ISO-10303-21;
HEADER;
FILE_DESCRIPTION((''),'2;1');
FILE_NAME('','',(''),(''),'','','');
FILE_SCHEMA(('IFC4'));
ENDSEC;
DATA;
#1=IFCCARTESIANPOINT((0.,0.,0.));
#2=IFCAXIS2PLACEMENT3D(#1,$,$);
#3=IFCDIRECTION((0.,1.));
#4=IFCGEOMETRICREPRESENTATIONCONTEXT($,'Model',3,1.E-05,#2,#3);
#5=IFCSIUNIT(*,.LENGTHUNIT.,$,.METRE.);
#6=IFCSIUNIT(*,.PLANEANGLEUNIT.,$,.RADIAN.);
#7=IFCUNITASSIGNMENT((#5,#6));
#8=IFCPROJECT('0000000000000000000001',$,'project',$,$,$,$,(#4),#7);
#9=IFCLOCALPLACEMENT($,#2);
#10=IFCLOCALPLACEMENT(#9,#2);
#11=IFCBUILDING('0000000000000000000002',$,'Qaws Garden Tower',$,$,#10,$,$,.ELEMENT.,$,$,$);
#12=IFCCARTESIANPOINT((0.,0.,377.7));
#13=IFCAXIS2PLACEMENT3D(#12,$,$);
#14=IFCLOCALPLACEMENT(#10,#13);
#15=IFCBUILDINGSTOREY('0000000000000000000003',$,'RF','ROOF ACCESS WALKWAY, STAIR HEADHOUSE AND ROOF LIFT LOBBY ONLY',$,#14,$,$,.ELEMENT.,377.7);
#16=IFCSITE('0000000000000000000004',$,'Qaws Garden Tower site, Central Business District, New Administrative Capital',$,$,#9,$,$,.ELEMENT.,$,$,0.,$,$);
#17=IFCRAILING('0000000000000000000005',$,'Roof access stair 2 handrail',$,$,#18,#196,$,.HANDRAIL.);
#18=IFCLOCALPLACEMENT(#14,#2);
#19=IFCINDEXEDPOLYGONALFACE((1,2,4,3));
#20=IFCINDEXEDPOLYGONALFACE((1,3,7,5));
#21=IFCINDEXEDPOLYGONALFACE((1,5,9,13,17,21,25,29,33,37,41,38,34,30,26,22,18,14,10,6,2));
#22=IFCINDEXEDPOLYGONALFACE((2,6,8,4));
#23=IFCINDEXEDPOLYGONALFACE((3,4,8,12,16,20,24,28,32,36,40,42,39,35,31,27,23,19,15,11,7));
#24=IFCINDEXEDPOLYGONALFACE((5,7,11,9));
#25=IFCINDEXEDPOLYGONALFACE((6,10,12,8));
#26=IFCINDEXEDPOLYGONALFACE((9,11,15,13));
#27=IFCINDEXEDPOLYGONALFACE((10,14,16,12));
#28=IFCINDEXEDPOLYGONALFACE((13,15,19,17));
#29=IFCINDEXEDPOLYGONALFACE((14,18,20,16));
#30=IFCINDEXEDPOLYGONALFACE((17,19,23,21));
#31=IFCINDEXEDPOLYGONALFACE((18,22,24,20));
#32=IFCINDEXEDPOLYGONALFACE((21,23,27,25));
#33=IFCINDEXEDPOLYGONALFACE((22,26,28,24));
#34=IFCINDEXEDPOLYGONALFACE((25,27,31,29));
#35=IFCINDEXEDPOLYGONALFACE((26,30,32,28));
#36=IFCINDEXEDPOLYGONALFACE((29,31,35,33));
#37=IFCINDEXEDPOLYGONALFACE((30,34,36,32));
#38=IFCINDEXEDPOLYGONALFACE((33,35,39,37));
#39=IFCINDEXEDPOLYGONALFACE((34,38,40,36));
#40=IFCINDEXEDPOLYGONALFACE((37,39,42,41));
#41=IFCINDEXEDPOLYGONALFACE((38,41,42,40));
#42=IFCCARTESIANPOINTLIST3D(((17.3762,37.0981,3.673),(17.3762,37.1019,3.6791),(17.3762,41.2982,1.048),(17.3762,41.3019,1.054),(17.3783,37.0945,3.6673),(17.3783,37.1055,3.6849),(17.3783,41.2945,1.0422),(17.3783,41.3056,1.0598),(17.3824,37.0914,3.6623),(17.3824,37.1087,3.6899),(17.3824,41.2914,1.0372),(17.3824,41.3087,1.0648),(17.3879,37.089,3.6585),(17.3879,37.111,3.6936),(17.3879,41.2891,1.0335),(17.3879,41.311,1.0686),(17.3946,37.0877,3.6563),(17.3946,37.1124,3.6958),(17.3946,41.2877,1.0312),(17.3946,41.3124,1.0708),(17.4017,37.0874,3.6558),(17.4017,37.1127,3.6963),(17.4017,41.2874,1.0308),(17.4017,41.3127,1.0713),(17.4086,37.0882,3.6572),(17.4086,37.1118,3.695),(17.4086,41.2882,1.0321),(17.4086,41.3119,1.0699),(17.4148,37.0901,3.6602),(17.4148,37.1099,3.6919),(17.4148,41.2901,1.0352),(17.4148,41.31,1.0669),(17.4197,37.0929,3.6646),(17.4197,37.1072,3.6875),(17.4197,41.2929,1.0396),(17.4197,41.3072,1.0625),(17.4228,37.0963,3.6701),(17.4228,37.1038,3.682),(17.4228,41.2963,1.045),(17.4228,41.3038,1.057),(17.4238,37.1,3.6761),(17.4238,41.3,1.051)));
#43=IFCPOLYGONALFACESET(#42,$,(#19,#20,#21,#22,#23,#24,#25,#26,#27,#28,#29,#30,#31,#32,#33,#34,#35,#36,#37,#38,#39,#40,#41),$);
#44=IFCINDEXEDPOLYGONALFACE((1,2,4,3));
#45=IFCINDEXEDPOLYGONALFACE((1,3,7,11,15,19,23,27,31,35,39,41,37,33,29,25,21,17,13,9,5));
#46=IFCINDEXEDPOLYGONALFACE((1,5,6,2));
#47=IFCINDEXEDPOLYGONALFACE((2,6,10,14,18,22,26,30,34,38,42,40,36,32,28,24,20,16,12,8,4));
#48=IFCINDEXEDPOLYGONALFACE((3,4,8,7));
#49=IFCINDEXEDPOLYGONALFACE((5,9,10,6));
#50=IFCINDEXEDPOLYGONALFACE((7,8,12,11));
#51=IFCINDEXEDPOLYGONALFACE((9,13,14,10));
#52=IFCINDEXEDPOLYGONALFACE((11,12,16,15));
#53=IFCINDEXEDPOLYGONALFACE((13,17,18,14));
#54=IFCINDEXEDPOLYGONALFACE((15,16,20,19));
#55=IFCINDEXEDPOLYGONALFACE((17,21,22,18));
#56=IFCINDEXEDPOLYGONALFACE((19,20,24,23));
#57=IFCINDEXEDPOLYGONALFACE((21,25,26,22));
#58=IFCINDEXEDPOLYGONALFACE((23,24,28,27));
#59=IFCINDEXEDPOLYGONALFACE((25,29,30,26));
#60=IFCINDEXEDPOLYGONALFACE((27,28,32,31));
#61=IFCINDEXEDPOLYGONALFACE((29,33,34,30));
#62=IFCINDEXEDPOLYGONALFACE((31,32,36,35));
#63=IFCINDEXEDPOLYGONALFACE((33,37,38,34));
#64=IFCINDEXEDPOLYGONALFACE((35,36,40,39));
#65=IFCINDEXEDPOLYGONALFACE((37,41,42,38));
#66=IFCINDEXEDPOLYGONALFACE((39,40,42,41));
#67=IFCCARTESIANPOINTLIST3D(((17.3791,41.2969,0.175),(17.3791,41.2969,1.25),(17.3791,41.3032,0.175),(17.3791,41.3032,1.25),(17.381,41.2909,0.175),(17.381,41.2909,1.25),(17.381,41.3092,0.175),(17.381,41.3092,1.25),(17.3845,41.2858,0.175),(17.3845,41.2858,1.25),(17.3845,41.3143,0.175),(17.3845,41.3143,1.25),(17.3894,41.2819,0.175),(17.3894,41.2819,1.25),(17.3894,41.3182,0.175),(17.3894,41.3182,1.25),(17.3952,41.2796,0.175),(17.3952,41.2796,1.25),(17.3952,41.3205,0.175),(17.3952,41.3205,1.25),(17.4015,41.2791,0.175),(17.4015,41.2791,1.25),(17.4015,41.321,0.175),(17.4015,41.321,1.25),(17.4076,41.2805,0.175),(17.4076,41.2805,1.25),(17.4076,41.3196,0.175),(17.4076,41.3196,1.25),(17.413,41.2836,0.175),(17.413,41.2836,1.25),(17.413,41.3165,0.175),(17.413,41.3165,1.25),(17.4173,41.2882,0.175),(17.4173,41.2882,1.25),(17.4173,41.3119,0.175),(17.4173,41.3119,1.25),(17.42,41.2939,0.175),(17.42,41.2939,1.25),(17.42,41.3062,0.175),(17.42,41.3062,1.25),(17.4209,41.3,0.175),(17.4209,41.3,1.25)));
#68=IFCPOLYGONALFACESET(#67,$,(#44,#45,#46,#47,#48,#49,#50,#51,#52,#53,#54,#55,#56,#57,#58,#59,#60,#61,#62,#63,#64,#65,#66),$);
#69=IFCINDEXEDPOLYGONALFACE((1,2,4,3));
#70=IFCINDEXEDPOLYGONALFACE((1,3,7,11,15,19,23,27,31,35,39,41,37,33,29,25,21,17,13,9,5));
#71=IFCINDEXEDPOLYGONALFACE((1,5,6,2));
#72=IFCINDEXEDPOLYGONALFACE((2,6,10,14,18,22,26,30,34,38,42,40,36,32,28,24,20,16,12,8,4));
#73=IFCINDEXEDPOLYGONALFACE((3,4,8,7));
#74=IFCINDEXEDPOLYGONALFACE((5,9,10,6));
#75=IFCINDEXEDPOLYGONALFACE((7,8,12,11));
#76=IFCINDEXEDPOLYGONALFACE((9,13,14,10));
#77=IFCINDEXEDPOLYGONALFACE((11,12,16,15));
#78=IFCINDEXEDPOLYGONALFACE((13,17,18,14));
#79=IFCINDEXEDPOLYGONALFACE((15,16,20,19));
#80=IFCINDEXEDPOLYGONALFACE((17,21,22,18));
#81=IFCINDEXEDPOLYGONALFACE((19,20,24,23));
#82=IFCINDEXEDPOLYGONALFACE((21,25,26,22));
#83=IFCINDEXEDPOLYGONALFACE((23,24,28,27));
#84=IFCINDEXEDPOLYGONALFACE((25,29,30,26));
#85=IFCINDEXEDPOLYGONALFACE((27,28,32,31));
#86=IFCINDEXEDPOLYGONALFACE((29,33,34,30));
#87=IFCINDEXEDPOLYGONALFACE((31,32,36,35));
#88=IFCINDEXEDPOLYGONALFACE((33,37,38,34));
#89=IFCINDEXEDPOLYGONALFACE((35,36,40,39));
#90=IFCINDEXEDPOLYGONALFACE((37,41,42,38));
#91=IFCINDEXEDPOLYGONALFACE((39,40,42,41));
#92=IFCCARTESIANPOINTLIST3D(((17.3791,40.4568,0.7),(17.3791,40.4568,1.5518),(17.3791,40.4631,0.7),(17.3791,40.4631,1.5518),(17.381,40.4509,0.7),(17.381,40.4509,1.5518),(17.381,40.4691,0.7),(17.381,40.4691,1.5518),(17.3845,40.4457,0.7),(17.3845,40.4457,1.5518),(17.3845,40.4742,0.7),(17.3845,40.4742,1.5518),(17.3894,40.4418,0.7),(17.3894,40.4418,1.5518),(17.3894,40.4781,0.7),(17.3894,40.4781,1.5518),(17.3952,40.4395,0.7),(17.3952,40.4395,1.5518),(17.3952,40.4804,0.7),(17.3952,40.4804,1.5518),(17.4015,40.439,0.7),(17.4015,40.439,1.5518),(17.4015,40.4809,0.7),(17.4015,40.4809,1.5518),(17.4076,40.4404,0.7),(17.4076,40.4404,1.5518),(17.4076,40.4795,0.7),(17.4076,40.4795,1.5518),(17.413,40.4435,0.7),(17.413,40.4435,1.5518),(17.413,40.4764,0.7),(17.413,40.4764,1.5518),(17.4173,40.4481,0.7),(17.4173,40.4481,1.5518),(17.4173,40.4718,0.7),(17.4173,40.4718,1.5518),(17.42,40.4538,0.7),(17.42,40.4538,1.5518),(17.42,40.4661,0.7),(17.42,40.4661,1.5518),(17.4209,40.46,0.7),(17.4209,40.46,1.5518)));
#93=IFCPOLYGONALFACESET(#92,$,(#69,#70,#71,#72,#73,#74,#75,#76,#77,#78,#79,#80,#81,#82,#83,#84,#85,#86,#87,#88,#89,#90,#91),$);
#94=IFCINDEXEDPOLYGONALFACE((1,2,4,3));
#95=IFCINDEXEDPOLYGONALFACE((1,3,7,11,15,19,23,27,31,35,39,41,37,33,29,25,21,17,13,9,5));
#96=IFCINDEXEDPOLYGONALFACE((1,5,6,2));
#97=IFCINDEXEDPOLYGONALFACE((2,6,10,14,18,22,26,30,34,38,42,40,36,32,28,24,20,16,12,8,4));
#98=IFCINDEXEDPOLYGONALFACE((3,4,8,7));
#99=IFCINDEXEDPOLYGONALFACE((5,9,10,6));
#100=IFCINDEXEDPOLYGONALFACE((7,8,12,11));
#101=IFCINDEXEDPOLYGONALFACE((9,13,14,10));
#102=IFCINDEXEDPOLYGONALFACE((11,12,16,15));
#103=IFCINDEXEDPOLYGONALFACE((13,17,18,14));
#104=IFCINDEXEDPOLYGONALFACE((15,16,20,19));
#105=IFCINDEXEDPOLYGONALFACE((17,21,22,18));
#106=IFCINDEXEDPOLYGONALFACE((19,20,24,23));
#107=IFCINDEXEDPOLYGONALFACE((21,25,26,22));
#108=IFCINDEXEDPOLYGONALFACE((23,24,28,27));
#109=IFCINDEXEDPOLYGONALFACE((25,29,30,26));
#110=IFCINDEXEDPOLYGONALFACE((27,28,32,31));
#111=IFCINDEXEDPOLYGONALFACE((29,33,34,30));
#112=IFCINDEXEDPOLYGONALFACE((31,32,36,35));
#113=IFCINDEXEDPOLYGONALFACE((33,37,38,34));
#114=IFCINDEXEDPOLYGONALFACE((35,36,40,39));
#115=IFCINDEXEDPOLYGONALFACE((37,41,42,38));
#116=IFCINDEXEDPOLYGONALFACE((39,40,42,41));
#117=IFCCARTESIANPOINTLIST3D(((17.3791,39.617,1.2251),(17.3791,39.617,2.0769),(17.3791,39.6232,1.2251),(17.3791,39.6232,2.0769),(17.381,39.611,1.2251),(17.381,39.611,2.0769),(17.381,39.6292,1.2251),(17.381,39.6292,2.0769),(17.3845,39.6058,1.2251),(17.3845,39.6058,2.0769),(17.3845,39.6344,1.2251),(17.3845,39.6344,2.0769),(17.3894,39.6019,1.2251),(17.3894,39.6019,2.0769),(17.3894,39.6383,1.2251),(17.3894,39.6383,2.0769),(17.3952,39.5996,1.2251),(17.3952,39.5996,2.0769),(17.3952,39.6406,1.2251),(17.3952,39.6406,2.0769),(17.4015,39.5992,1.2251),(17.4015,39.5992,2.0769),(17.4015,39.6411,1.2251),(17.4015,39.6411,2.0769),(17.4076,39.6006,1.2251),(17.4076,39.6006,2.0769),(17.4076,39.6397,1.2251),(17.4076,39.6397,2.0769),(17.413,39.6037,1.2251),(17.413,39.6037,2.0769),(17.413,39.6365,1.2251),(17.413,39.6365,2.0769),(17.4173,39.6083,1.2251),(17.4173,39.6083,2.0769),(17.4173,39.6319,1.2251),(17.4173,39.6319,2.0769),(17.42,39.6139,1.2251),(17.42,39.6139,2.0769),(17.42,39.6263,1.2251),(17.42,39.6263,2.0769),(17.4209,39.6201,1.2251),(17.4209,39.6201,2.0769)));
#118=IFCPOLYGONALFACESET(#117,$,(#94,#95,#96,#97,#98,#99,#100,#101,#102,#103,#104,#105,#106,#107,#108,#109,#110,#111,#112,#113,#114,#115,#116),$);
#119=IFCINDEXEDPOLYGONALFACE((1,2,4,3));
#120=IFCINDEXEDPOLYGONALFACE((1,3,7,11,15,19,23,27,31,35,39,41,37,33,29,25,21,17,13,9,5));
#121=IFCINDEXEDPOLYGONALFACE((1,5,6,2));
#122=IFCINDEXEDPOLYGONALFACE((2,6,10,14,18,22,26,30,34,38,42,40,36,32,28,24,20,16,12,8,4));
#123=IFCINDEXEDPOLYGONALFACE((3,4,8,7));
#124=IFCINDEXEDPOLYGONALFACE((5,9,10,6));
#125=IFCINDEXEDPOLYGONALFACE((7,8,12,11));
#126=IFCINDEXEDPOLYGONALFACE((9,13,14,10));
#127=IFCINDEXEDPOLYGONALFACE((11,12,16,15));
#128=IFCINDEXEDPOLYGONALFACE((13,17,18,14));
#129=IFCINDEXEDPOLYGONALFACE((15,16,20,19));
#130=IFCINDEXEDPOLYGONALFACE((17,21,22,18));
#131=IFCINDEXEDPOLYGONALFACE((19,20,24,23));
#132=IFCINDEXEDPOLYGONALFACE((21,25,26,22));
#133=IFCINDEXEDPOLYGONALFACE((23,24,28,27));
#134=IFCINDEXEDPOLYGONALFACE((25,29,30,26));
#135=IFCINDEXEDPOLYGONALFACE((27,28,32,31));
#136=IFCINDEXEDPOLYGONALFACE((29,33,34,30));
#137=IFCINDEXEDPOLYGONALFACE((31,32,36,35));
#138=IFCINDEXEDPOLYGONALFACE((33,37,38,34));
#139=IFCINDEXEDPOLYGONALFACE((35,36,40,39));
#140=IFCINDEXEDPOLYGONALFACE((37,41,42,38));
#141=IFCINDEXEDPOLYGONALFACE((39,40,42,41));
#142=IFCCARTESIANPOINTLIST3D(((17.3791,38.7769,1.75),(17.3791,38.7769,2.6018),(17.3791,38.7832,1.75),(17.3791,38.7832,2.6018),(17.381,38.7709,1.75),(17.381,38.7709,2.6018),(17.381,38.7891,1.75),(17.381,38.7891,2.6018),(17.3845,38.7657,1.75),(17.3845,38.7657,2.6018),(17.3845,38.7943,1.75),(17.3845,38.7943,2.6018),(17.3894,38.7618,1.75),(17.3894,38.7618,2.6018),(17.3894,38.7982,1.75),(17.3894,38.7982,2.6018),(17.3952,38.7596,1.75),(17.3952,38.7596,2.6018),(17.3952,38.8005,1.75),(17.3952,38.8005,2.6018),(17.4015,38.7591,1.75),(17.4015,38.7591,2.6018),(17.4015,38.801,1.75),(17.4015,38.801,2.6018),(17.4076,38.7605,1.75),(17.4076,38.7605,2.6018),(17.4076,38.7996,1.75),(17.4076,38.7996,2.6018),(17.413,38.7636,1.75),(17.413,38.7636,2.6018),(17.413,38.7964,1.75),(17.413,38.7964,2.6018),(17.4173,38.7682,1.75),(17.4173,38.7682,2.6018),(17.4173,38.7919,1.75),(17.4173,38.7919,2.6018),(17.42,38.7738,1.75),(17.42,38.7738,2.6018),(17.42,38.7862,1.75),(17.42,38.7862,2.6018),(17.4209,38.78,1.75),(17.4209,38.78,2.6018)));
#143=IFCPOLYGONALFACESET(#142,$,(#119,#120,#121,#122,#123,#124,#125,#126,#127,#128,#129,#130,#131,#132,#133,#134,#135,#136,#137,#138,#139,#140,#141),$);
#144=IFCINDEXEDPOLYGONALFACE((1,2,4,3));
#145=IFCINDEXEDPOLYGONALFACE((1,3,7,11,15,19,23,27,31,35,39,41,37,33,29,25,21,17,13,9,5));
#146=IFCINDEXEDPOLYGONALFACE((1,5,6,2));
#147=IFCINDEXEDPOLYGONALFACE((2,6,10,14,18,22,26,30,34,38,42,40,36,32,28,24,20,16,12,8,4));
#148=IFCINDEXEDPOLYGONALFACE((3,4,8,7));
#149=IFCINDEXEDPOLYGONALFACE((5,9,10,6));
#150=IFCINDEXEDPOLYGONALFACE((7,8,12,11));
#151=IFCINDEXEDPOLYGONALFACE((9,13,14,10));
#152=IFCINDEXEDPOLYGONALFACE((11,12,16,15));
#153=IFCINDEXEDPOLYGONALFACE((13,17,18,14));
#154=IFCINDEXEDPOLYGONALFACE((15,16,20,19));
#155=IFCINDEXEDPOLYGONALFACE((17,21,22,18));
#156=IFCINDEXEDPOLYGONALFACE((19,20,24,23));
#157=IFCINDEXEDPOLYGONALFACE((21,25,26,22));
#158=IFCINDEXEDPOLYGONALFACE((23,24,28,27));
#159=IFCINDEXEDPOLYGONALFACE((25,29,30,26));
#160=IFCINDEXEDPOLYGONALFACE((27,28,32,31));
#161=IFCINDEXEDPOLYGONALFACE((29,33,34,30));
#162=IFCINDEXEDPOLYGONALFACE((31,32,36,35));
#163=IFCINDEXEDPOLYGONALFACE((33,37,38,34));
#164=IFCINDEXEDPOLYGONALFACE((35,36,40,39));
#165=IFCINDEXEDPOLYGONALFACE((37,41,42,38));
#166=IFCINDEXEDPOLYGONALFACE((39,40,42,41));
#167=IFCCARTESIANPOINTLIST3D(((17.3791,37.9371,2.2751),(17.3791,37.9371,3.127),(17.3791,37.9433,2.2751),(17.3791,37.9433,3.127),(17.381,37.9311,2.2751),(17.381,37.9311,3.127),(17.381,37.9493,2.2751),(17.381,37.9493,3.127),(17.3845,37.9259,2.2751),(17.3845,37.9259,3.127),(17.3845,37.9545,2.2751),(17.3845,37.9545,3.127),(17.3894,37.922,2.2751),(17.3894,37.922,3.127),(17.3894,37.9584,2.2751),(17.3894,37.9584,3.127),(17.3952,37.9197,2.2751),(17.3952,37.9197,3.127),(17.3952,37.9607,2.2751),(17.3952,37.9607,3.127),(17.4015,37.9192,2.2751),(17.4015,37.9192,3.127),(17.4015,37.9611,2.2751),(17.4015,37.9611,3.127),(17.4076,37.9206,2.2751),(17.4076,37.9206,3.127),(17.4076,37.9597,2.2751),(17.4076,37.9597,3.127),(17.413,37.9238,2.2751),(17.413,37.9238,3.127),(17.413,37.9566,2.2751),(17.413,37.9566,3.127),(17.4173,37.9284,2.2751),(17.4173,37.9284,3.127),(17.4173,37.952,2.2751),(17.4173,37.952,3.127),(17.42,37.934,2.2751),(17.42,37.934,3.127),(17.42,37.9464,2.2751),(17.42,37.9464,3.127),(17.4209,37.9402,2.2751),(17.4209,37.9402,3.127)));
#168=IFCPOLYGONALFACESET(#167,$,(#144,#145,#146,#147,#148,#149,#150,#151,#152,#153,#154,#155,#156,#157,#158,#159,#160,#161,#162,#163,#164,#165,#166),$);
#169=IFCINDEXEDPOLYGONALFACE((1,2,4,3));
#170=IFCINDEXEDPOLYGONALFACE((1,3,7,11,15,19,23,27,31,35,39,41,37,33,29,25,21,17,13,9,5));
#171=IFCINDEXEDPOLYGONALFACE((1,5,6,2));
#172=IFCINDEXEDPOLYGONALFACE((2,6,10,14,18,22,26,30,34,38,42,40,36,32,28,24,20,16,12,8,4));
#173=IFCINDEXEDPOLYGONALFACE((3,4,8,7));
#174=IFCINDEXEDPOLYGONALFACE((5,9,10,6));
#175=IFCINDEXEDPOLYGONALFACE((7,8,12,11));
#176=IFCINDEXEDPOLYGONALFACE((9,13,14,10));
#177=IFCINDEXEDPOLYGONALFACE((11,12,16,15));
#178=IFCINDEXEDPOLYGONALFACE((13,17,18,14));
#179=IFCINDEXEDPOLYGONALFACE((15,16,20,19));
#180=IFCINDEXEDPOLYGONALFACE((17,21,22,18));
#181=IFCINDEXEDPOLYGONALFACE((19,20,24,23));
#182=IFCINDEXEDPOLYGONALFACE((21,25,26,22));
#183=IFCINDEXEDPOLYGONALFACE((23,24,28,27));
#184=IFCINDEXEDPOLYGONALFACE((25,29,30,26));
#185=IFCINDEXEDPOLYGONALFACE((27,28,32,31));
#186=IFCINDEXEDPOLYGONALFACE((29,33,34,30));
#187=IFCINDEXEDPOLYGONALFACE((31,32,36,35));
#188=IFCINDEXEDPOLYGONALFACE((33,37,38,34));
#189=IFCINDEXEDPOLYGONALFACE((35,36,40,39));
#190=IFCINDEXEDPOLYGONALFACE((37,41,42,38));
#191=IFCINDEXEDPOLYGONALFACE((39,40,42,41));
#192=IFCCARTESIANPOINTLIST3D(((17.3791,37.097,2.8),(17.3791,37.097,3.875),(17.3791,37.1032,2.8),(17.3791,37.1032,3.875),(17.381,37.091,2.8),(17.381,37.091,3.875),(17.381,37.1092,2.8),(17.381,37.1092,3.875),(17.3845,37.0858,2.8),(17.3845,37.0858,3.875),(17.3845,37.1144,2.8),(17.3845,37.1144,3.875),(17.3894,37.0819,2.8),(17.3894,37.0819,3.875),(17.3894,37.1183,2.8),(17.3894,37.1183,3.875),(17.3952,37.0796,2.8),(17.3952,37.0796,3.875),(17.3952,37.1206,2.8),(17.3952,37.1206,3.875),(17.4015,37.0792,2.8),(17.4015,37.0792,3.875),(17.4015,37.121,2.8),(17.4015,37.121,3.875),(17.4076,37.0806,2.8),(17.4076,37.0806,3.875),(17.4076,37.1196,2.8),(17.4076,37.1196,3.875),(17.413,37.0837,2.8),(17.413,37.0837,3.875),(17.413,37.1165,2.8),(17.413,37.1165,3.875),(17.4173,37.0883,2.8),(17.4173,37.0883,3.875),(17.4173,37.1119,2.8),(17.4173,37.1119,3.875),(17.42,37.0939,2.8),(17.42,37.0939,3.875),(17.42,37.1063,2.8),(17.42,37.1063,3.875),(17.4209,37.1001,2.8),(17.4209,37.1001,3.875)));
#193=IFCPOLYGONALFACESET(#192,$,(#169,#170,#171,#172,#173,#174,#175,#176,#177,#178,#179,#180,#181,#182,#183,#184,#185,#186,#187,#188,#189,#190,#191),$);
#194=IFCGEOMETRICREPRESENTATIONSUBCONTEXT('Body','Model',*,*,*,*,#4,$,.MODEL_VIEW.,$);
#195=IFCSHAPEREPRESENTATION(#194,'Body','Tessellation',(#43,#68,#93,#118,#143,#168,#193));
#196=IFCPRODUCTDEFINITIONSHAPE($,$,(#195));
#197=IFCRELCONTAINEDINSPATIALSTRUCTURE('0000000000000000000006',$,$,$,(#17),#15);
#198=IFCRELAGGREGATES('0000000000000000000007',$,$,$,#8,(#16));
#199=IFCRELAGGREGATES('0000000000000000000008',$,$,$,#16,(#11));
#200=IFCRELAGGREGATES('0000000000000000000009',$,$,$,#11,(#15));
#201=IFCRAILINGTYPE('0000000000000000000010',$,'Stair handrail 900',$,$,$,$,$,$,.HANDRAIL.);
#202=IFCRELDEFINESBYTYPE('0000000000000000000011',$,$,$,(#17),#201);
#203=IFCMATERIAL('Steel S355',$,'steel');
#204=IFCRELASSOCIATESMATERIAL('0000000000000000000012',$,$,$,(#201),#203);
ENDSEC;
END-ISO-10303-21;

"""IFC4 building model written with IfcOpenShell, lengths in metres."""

from ifc_helpers import new_model, si_unit, direction, frame, origin, origin_2d, place, context, subcontext, project, spatial, circle, extrude, material, type_object, element, save


model = new_model("IFC4")

# Units and contexts
model_context = context("Model", 3, precision=1e-05, world=origin(), true_north=direction((0.0, 1.0)))
body_context = subcontext(model_context, "Body", "Model", "MODEL_VIEW")
ifc_project = project(units=[si_unit("LENGTHUNIT", "METRE"), si_unit("PLANEANGLEUNIT", "RADIAN")], contexts=[model_context])

# Site, building, storey
site_placement = place(None, origin())
site = spatial("IfcSite", under=ifc_project, at=site_placement, Name="Qaws Garden Tower site, Central Business District, New Administrative Capital", CompositionType="ELEMENT", RefElevation=0.0)
building_placement = place(site_placement, origin())
building = spatial("IfcBuilding", under=site, at=building_placement, Name="Qaws Garden Tower", CompositionType="ELEMENT")
storey_placement = place(building_placement, frame((0.0, 0.0, 377.7)))
storey = spatial("IfcBuildingStorey", under=building, at=storey_placement, Name="RF", Description="ROOF ACCESS WALKWAY, STAIR HEADHOUSE AND ROOF LIFT LOBBY ONLY", CompositionType="ELEMENT", Elevation=377.7)

# Railing
ifc_material_1 = material(Name="Steel S355", Category="steel")
railing_type_1 = type_object("IfcRailingType", Name="Stair handrail 900", PredefinedType="HANDRAIL", material=ifc_material_1)
for number, where, name in (
    (1, (17.3999, 41.3, 0.175), "Roof access stair 2 handrail"),
):
    element("IfcRailing", number, at=place(storey_placement, frame(where)), inside=storey, type_object=railing_type_1, Name=name, PredefinedType="HANDRAIL", context=body_context, shape_type="SweptSolid", body=[
        extrude(circle(Radius=0.0239, at=origin_2d()), frame((0.0, 0.0, 0.876), z_axis=(0.0, -0.847996, 0.530003), x_axis=(1.0, 0.0, 0.0)), (0.0, 0.0, 1.0), 4.9529),
        extrude(circle(Radius=0.021, at=origin_2d()), origin(), (0.0, 0.0, 1.0), 1.075),
        extrude(circle(Radius=0.021, at=origin_2d()), frame((0.0, -0.8401, 0.5249)), (0.0, 0.0, 1.0), 0.8518),
        extrude(circle(Radius=0.021, at=origin_2d()), frame((0.0, -1.6799, 1.05)), (0.0, 0.0, 1.0), 0.8518),
        extrude(circle(Radius=0.021, at=origin_2d()), frame((0.0, -2.52, 1.575)), (0.0, 0.0, 1.0), 0.8518),
        extrude(circle(Radius=0.021, at=origin_2d()), frame((0.0, -3.3599, 2.1001)), (0.0, 0.0, 1.0), 0.8518),
        extrude(circle(Radius=0.021, at=origin_2d()), frame((0.0, -4.2, 2.625)), (0.0, 0.0, 1.0), 1.075),
    ])

save(model, "model.ifc")
